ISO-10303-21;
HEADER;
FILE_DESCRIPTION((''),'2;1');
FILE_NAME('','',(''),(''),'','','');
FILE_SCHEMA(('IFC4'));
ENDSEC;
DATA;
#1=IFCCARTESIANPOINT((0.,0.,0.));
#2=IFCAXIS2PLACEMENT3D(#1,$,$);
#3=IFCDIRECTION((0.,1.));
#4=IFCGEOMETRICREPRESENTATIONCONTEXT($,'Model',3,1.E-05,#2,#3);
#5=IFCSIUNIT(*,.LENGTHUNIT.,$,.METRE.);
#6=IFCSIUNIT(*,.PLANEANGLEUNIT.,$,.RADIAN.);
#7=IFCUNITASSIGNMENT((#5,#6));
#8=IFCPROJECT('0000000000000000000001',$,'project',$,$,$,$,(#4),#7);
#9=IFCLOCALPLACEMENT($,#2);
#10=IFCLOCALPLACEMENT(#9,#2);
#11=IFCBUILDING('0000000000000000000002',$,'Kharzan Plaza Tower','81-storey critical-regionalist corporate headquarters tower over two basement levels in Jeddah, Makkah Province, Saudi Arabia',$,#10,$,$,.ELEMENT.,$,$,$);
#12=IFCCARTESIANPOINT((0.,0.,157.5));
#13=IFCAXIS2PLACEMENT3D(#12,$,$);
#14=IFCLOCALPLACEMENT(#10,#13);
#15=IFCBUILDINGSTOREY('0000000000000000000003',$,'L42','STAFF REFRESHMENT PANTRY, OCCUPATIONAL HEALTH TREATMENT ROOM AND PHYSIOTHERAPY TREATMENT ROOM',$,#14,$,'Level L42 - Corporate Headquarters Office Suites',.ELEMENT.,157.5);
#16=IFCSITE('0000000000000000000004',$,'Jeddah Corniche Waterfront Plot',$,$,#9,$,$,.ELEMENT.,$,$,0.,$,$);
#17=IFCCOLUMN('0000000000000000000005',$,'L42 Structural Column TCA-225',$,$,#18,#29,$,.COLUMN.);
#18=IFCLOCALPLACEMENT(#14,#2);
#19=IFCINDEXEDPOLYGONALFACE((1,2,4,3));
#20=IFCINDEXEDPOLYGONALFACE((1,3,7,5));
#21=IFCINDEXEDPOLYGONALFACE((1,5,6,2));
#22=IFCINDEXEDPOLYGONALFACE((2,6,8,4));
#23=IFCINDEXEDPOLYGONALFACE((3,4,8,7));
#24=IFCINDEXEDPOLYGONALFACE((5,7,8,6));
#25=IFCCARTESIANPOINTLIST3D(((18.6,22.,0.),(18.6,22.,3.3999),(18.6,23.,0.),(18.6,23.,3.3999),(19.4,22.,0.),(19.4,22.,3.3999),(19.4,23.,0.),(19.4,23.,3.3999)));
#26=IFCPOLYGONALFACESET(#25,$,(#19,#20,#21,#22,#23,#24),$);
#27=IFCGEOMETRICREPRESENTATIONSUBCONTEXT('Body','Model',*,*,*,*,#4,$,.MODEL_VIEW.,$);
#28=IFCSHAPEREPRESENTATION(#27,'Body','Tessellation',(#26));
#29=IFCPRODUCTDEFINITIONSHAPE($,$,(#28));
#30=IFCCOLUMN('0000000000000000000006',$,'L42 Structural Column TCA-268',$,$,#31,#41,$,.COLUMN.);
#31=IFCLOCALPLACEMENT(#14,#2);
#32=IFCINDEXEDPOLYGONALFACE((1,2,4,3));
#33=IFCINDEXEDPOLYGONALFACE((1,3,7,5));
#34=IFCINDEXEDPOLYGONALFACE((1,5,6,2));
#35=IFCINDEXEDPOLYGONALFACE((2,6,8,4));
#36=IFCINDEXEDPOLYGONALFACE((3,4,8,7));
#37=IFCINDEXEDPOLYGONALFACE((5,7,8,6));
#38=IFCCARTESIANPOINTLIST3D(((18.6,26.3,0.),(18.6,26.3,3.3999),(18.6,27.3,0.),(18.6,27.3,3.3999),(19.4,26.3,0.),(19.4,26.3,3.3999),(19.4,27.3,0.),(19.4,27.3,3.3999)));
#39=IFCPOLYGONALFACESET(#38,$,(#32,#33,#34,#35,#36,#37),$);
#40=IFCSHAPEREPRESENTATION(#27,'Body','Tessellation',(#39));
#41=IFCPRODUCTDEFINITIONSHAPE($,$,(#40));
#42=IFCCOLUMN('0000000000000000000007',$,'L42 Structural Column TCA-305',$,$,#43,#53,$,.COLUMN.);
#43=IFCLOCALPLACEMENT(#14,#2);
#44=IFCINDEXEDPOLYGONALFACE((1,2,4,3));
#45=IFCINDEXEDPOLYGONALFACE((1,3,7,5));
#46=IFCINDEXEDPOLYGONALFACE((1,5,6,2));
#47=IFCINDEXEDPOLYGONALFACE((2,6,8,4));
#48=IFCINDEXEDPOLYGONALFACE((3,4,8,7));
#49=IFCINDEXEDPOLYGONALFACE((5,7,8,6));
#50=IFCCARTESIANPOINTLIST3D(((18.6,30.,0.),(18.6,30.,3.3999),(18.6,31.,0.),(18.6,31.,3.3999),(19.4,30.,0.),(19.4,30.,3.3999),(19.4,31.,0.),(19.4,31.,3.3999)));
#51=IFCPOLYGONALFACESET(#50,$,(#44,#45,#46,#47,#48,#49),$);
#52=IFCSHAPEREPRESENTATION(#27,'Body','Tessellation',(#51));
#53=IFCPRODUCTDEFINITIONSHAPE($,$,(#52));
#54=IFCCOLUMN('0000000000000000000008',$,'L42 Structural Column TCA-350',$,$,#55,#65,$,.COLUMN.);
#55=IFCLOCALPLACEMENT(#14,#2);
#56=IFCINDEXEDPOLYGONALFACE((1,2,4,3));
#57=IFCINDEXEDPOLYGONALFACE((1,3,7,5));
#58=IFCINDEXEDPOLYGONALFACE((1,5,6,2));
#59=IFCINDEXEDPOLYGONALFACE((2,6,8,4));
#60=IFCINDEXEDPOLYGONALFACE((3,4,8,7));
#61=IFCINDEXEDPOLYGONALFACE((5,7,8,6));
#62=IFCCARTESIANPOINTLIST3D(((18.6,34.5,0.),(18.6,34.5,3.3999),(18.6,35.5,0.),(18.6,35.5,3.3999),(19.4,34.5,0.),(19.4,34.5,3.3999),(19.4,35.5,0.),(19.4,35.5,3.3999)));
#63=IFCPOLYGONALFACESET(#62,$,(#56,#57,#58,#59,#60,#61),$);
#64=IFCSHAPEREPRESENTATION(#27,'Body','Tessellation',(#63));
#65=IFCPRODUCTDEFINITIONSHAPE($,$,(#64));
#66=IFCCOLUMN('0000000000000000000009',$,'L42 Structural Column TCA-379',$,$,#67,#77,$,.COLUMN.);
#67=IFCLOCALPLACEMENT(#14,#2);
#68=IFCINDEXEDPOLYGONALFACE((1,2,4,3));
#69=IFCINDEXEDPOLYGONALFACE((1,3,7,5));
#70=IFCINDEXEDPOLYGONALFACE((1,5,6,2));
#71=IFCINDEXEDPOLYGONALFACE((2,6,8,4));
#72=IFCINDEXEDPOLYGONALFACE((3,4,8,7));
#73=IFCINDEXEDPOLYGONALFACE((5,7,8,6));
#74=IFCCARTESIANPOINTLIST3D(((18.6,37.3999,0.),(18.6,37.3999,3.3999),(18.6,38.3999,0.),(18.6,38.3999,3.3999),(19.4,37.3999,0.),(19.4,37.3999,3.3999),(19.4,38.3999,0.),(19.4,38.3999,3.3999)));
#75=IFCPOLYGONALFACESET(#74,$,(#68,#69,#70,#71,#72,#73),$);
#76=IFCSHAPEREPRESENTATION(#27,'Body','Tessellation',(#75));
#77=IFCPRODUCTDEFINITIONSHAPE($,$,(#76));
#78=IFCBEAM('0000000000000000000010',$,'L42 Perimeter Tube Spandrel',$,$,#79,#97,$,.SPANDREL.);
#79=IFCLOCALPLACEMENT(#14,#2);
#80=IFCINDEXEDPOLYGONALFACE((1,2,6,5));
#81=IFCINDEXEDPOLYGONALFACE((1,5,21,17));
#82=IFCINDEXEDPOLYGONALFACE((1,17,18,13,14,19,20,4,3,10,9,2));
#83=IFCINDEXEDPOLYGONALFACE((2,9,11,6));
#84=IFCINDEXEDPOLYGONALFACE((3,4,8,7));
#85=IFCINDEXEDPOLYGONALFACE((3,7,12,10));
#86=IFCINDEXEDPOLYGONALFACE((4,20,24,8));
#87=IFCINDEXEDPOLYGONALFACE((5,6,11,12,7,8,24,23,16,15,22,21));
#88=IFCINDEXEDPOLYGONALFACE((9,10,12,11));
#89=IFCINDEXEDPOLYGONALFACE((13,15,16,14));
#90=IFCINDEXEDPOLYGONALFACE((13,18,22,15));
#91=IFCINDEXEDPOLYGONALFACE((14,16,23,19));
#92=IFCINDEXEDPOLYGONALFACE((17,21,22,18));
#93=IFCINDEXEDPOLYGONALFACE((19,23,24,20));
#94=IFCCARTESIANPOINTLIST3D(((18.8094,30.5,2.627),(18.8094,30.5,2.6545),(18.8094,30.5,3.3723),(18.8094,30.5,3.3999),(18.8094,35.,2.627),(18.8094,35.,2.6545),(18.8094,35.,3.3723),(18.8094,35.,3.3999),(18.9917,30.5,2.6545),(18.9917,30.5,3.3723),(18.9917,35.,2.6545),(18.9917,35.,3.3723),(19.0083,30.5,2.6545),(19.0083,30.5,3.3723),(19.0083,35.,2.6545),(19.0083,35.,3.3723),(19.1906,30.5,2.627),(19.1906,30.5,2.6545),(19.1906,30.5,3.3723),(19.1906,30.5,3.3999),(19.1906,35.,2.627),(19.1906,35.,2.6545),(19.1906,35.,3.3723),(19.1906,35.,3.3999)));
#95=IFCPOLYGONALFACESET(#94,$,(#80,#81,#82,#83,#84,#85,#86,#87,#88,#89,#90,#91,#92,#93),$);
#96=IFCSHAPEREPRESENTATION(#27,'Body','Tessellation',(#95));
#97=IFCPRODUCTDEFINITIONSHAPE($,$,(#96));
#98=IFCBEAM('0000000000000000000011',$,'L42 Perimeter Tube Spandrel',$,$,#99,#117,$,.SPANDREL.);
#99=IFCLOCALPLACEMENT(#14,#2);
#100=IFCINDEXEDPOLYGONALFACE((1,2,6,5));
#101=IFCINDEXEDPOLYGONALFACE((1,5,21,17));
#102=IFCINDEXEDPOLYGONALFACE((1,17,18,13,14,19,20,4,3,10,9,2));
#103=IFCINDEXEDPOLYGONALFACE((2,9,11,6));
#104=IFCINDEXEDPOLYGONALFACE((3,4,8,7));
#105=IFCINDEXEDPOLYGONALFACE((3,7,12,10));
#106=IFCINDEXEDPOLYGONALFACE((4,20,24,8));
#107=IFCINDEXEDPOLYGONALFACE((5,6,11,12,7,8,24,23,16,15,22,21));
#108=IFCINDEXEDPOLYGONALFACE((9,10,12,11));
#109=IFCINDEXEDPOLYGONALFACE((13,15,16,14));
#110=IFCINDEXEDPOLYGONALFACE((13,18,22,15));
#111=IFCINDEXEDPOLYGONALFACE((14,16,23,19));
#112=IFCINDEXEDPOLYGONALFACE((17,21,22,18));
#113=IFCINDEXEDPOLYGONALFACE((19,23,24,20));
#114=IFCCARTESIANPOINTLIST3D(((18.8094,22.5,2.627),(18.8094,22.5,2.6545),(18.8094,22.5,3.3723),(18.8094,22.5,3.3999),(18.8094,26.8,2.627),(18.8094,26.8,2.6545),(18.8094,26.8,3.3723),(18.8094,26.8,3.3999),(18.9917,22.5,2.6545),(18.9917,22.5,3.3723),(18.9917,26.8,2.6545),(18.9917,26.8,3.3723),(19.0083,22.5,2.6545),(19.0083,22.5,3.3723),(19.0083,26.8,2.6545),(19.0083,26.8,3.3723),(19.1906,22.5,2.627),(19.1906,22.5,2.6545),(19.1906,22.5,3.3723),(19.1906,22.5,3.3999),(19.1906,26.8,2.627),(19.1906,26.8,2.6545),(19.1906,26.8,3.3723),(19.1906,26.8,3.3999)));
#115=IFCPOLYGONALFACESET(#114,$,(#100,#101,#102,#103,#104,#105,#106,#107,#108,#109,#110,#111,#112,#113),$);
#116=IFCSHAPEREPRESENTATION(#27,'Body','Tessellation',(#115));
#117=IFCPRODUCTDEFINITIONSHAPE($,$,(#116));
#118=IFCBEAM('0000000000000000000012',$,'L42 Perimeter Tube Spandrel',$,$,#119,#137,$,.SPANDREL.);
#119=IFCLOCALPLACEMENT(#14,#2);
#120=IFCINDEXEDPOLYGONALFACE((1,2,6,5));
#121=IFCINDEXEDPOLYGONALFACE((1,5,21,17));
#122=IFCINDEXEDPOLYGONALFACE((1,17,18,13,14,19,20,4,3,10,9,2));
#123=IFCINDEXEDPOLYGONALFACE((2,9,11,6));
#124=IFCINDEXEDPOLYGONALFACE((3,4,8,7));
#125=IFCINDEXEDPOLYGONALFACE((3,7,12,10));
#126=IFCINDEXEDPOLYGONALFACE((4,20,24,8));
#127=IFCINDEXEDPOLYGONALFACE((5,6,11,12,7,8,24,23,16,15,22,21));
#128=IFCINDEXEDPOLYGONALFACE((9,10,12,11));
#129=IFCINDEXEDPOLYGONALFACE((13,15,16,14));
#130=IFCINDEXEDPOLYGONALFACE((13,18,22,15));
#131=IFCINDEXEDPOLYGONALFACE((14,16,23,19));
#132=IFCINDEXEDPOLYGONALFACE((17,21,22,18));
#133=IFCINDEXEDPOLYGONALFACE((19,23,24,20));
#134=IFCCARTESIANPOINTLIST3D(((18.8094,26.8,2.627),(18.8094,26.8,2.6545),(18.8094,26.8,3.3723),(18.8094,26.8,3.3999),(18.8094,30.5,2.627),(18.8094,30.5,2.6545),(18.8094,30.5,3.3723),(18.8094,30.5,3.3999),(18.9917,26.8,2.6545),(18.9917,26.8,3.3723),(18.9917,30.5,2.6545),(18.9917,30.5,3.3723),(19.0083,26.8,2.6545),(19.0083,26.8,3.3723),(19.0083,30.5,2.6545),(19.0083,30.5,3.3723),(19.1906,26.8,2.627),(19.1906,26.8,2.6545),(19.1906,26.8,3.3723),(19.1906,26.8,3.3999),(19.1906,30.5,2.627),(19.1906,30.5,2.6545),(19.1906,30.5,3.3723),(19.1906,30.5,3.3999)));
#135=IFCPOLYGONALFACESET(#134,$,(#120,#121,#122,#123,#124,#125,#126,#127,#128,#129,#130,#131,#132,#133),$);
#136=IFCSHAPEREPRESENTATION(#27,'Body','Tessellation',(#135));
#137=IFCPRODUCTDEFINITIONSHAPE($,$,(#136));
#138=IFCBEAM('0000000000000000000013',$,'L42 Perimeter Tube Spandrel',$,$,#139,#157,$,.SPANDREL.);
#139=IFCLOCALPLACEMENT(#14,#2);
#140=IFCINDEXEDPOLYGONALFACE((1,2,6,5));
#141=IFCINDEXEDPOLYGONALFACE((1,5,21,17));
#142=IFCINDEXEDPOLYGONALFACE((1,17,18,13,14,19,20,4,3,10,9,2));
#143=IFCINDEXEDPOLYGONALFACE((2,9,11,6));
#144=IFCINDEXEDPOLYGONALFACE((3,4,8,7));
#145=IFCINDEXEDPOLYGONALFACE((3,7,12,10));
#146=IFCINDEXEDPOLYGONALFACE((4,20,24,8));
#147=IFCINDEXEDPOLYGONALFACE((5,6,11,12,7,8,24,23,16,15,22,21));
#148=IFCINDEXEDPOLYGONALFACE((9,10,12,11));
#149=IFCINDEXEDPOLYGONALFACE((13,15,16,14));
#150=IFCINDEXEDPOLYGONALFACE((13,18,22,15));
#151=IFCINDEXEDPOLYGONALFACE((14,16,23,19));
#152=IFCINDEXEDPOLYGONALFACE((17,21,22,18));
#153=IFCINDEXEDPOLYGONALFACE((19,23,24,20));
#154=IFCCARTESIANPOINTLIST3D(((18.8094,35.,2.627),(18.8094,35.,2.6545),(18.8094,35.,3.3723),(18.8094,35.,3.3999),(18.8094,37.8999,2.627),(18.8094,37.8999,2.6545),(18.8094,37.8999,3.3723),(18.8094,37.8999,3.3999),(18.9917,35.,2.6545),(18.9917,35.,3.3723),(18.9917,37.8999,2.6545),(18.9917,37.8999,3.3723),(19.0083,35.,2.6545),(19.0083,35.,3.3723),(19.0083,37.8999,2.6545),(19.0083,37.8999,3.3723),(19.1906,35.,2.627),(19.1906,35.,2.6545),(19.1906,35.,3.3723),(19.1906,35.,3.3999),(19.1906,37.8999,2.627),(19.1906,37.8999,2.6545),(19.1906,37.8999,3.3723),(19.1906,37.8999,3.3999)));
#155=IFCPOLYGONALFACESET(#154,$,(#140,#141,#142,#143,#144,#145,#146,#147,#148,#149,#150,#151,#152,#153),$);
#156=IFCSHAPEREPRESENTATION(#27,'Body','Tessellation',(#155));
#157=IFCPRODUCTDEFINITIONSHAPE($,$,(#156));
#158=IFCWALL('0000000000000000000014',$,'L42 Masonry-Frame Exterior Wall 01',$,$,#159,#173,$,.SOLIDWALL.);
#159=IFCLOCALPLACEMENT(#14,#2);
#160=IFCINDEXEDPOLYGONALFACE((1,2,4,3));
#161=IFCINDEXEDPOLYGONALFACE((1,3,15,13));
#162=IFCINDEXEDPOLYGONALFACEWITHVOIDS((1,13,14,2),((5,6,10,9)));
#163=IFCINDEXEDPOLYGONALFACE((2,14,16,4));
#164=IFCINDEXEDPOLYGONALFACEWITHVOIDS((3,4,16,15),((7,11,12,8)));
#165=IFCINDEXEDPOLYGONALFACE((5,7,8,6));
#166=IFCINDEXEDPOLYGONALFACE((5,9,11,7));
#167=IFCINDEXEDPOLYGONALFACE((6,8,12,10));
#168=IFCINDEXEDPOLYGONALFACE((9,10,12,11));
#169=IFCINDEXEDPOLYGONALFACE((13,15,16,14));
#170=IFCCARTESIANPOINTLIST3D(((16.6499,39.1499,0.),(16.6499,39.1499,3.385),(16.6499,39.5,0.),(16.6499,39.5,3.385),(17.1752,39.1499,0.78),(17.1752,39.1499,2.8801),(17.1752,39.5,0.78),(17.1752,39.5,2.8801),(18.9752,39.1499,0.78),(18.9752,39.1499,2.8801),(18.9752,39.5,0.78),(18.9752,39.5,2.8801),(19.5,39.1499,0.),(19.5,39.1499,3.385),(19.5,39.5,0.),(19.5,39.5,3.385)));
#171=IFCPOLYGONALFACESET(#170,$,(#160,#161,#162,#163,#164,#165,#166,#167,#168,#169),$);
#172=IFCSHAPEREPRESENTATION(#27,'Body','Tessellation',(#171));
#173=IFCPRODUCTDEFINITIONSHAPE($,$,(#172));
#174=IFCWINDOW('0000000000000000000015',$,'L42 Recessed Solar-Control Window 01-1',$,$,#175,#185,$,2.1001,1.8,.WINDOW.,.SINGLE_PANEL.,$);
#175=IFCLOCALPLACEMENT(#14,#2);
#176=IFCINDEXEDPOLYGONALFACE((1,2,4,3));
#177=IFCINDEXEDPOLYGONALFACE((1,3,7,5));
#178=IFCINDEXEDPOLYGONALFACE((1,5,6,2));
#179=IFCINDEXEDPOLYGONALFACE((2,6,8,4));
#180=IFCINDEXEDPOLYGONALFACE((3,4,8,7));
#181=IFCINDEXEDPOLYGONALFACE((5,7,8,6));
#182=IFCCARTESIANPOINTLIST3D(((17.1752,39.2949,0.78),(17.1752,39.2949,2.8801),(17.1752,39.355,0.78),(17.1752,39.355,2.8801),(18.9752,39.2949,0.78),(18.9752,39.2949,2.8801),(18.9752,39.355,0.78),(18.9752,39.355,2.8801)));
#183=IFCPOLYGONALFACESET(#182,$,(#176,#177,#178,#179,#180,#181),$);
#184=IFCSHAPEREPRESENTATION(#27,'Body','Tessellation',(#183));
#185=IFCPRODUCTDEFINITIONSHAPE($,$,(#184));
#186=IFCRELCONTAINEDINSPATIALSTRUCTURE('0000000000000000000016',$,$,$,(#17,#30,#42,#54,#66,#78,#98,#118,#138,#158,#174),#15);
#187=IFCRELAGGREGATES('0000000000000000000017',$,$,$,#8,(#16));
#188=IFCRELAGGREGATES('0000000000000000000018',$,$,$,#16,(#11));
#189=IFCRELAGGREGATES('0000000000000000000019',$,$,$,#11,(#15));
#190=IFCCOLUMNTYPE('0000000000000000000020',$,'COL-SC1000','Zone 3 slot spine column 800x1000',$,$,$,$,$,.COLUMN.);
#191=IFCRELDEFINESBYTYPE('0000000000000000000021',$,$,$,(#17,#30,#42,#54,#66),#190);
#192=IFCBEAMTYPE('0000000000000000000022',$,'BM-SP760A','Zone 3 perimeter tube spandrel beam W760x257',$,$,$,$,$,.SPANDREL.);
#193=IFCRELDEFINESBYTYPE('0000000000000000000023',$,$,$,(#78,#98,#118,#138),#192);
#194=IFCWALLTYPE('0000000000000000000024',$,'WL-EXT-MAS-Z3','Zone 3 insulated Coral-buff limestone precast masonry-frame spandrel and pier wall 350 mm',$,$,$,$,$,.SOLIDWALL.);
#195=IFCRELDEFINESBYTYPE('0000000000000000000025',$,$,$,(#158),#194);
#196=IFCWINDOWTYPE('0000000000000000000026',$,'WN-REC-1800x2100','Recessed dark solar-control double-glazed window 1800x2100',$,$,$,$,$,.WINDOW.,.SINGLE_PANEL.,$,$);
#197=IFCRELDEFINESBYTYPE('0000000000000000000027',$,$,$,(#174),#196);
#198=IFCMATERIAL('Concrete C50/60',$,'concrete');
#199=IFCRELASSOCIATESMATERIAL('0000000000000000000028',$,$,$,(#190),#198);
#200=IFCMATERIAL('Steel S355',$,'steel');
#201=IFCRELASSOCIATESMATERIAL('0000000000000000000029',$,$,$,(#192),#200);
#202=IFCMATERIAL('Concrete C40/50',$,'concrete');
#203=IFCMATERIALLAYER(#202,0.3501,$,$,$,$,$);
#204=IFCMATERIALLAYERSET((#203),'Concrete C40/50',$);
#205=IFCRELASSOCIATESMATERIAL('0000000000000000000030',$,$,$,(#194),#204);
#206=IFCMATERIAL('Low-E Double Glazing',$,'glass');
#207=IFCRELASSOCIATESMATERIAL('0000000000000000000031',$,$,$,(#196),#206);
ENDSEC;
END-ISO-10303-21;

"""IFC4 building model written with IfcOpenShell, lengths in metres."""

from ifc_helpers import new_model, si_unit, direction, frame, frame_2d, origin, origin_2d, place, context, subcontext, project, spatial, rectangle, i_section, extrude, source, transform, mapped, material, layer, layer_set, material_profile, profile_set, type_object, element, fill, save


model = new_model("IFC4")

# Units and contexts
model_context = context("Model", 3, precision=1e-05, world=origin(), true_north=direction((0.0, 1.0)))
body_context = subcontext(model_context, "Body", "Model", "MODEL_VIEW")
ifc_project = project(units=[si_unit("LENGTHUNIT", "METRE"), si_unit("PLANEANGLEUNIT", "RADIAN")], contexts=[model_context])

# Site, building, storey
site_placement = place(None, origin())
site = spatial("IfcSite", under=ifc_project, at=site_placement, Name="Jeddah Corniche Waterfront Plot", CompositionType="ELEMENT", RefElevation=0.0)
building_placement = place(site_placement, origin())
building = spatial("IfcBuilding", under=site, at=building_placement, Name="Kharzan Plaza Tower", Description="81-storey critical-regionalist corporate headquarters tower over two basement levels in Jeddah, Makkah Province, Saudi Arabia", CompositionType="ELEMENT")
storey_placement = place(building_placement, frame((0.0, 0.0, 157.5)))
storey = spatial("IfcBuildingStorey", under=building, at=storey_placement, Name="L42", Description="STAFF REFRESHMENT PANTRY, OCCUPATIONAL HEALTH TREATMENT ROOM AND PHYSIOTHERAPY TREATMENT ROOM", LongName="Level L42 - Corporate Headquarters Office Suites", CompositionType="ELEMENT", Elevation=157.5)

# Columns
ifc_material_1 = material(Name="Concrete C50/60", Category="concrete")
ifc_material_profile_1 = material_profile(ifc_material_1, rectangle(XDim=0.8, YDim=1.0, at=origin_2d()), Name="RC-SC1000x800")
ifc_profile_set_1 = profile_set([ifc_material_profile_1], Name="Concrete C50/60")
column_type = type_object("IfcColumnType", Name="COL-SC1000", Description="Zone 3 slot spine column 800x1000", PredefinedType="COLUMN", material=ifc_profile_set_1)
shared_shape_1 = source(origin(), body_context, "Body", "SweptSolid", [
    extrude(rectangle(XDim=0.8, YDim=1.0, at=origin_2d()), origin(), (0.0, 0.0, 1.0), 3.3999),
])
for number, where, z_axis, x_axis, name in (
    (1, (19.0, 22.5, 0.0), (0.0, 0.0, 1.0), (1.0, 0.0, 0.0), "L42 Structural Column TCA-225"),
    (2, (19.0, 26.8, 0.0), (0.0, 0.0, 1.0), (1.0, 0.0, 0.0), "L42 Structural Column TCA-268"),
    (3, (19.0, 30.5, 0.0), (0.0, 0.0, 1.0), (1.0, 0.0, 0.0), "L42 Structural Column TCA-305"),
    (4, (19.0, 35.0, 0.0), (0.0, 0.0, 1.0), (1.0, 0.0, 0.0), "L42 Structural Column TCA-350"),
    (5, (19.0, 37.8999, 0.0), (0.0, 0.0, 1.0), (1.0, 0.0, 0.0), "L42 Structural Column TCA-379"),
):
    element("IfcColumn", number, at=place(storey_placement, frame(where, z_axis=z_axis, x_axis=x_axis)), inside=storey, type_object=column_type, Name=name, PredefinedType="COLUMN", context=body_context, shape_type="MappedRepresentation", body=[
        mapped(shared_shape_1, transform((0.0, 0.0, 0.0), x_axis=(1.0, 0.0, 0.0), y_axis=(0.0, 1.0, 0.0), z_axis=(0.0, 0.0, 1.0))),
    ])

# Beams
ifc_material_2 = material(Name="Steel S355", Category="steel")
ifc_material_profile_2 = material_profile(ifc_material_2, i_section(OverallWidth=0.3811, OverallDepth=0.7729, WebThickness=0.0166, FlangeThickness=0.0276, at=origin_2d()), Name="W760x257")
ifc_profile_set_2 = profile_set([ifc_material_profile_2], Name="Steel S355")
beam_type = type_object("IfcBeamType", Name="BM-SP760A", Description="Zone 3 perimeter tube spandrel beam W760x257", PredefinedType="SPANDREL", material=ifc_profile_set_2)
shared_shape_2 = source(origin(), body_context, "Body", "SweptSolid", [
    extrude(i_section(OverallWidth=0.3811, OverallDepth=0.7729, WebThickness=0.0166, FlangeThickness=0.0276, at=origin_2d()), origin(), (0.0, 0.0, 1.0), 4.5),
])
beam_1_placement = place(storey_placement, frame((19.0, 30.5, 3.0134), z_axis=(0.0, 1.0, 0.0), x_axis=(-1.0, 0.0, 0.0)))
element("IfcBeam", 6, at=beam_1_placement, inside=storey, type_object=beam_type, Name="L42 Perimeter Tube Spandrel", PredefinedType="SPANDREL", context=body_context, shape_type="MappedRepresentation", body=[
    mapped(shared_shape_2, transform((0.0, 0.0, 0.0), x_axis=(1.0, 0.0, 0.0), y_axis=(0.0, 1.0, 0.0), z_axis=(0.0, 0.0, 1.0))),
])
shared_shape_3 = source(origin(), body_context, "Body", "SweptSolid", [
    extrude(i_section(OverallWidth=0.3811, OverallDepth=0.7729, WebThickness=0.0166, FlangeThickness=0.0276, at=origin_2d()), origin(), (0.0, 0.0, 1.0), 4.3),
])
beam_2_placement = place(storey_placement, frame((19.0, 22.5, 3.0134), z_axis=(0.0, 1.0, 0.0), x_axis=(-1.0, 0.0, 0.0)))
element("IfcBeam", 7, at=beam_2_placement, inside=storey, type_object=beam_type, Name="L42 Perimeter Tube Spandrel", PredefinedType="SPANDREL", context=body_context, shape_type="MappedRepresentation", body=[
    mapped(shared_shape_3, transform((0.0, 0.0, 0.0), x_axis=(1.0, 0.0, 0.0), y_axis=(0.0, 1.0, 0.0), z_axis=(0.0, 0.0, 1.0))),
])
shared_shape_4 = source(origin(), body_context, "Body", "SweptSolid", [
    extrude(i_section(OverallWidth=0.3811, OverallDepth=0.7729, WebThickness=0.0166, FlangeThickness=0.0276, at=origin_2d()), origin(), (0.0, 0.0, 1.0), 3.7),
])
beam_3_placement = place(storey_placement, frame((19.0, 26.8, 3.0134), z_axis=(0.0, 1.0, 0.0), x_axis=(-1.0, 0.0, 0.0)))
element("IfcBeam", 8, at=beam_3_placement, inside=storey, type_object=beam_type, Name="L42 Perimeter Tube Spandrel", PredefinedType="SPANDREL", context=body_context, shape_type="MappedRepresentation", body=[
    mapped(shared_shape_4, transform((0.0, 0.0, 0.0), x_axis=(1.0, 0.0, 0.0), y_axis=(0.0, 1.0, 0.0), z_axis=(0.0, 0.0, 1.0))),
])
shared_shape_5 = source(origin(), body_context, "Body", "SweptSolid", [
    extrude(i_section(OverallWidth=0.3811, OverallDepth=0.7729, WebThickness=0.0166, FlangeThickness=0.0276, at=origin_2d()), origin(), (0.0, 0.0, 1.0), 2.8999),
])
beam_4_placement = place(storey_placement, frame((19.0, 35.0, 3.0134), z_axis=(0.0, 1.0, 0.0), x_axis=(-1.0, 0.0, 0.0)))
element("IfcBeam", 9, at=beam_4_placement, inside=storey, type_object=beam_type, Name="L42 Perimeter Tube Spandrel", PredefinedType="SPANDREL", context=body_context, shape_type="MappedRepresentation", body=[
    mapped(shared_shape_5, transform((0.0, 0.0, 0.0), x_axis=(1.0, 0.0, 0.0), y_axis=(0.0, 1.0, 0.0), z_axis=(0.0, 0.0, 1.0))),
])

# Wall, opening, window
ifc_material_3 = material(Name="Concrete C40/50", Category="concrete")
ifc_layer_1 = layer(ifc_material_3, 0.3501)
ifc_layer_set_1 = layer_set([ifc_layer_1], Name="Concrete C40/50")
wall_type_1 = type_object("IfcWallType", Name="WL-EXT-MAS-Z3", Description="Zone 3 insulated Coral-buff limestone precast masonry-frame spandrel and pier wall 350 mm", PredefinedType="SOLIDWALL", material=ifc_layer_set_1)
wall_1_placement = place(storey_placement, frame((19.5, 39.325, 0.0), z_axis=(0.0, 0.0, 1.0), x_axis=(-1.0, 0.0, 0.0)))
wall_1 = element("IfcWall", 10, at=wall_1_placement, inside=storey, type_object=wall_type_1, Name="L42 Masonry-Frame Exterior Wall 01", PredefinedType="SOLIDWALL", context=body_context, shape_type="SweptSolid", body=[
    extrude(rectangle(XDim=2.8501, YDim=0.3501, at=frame_2d((1.425, 0.0))), origin(), (0.0, 0.0, 1.0), 3.385),
])
opening_1_placement = place(wall_1_placement, frame((0.5249, 0.0, 0.78)))
opening_1 = element("IfcOpeningElement", 11, at=opening_1_placement, cuts=wall_1, PredefinedType="OPENING", context=body_context, shape_type="SweptSolid", body=[
    extrude(rectangle(XDim=1.8, YDim=2.1001, at=frame_2d((0.8999, 1.05))), frame((0.0, 0.1851, 0.0), z_axis=(0.0, -1.0, 0.0), x_axis=(1.0, 0.0, 0.0)), (0.0, 0.0, 1.0), 0.3701),
])
ifc_material_4 = material(Name="Low-E Double Glazing", Category="glass")
window_type_1 = type_object("IfcWindowType", Name="WN-REC-1800x2100", Description="Recessed dark solar-control double-glazed window 1800x2100", PartitioningType="SINGLE_PANEL", PredefinedType="WINDOW", material=ifc_material_4)
shared_shape_6 = source(origin(), body_context, "Body", "SweptSolid", [
    extrude(rectangle(XDim=1.8, YDim=2.1001, at=frame_2d((0.8999, 1.05))), frame((0.0, 0.03, 0.0), z_axis=(0.0, -1.0, 0.0), x_axis=(1.0, 0.0, 0.0)), (0.0, 0.0, 1.0), 0.0601),
])
window_1_placement = place(opening_1_placement, origin())
window_1 = element("IfcWindow", 12, at=window_1_placement, inside=storey, type_object=window_type_1, Name="L42 Recessed Solar-Control Window 01-1", OverallHeight=2.1001, OverallWidth=1.8, PartitioningType="SINGLE_PANEL", PredefinedType="WINDOW", context=body_context, shape_type="MappedRepresentation", body=[
    mapped(shared_shape_6, transform((0.0, 0.0, 0.0), x_axis=(1.0, 0.0, 0.0), y_axis=(0.0, 1.0, 0.0), z_axis=(0.0, 0.0, 1.0))),
])
fill(opening_1, window_1)

save(model, "model.ifc")
